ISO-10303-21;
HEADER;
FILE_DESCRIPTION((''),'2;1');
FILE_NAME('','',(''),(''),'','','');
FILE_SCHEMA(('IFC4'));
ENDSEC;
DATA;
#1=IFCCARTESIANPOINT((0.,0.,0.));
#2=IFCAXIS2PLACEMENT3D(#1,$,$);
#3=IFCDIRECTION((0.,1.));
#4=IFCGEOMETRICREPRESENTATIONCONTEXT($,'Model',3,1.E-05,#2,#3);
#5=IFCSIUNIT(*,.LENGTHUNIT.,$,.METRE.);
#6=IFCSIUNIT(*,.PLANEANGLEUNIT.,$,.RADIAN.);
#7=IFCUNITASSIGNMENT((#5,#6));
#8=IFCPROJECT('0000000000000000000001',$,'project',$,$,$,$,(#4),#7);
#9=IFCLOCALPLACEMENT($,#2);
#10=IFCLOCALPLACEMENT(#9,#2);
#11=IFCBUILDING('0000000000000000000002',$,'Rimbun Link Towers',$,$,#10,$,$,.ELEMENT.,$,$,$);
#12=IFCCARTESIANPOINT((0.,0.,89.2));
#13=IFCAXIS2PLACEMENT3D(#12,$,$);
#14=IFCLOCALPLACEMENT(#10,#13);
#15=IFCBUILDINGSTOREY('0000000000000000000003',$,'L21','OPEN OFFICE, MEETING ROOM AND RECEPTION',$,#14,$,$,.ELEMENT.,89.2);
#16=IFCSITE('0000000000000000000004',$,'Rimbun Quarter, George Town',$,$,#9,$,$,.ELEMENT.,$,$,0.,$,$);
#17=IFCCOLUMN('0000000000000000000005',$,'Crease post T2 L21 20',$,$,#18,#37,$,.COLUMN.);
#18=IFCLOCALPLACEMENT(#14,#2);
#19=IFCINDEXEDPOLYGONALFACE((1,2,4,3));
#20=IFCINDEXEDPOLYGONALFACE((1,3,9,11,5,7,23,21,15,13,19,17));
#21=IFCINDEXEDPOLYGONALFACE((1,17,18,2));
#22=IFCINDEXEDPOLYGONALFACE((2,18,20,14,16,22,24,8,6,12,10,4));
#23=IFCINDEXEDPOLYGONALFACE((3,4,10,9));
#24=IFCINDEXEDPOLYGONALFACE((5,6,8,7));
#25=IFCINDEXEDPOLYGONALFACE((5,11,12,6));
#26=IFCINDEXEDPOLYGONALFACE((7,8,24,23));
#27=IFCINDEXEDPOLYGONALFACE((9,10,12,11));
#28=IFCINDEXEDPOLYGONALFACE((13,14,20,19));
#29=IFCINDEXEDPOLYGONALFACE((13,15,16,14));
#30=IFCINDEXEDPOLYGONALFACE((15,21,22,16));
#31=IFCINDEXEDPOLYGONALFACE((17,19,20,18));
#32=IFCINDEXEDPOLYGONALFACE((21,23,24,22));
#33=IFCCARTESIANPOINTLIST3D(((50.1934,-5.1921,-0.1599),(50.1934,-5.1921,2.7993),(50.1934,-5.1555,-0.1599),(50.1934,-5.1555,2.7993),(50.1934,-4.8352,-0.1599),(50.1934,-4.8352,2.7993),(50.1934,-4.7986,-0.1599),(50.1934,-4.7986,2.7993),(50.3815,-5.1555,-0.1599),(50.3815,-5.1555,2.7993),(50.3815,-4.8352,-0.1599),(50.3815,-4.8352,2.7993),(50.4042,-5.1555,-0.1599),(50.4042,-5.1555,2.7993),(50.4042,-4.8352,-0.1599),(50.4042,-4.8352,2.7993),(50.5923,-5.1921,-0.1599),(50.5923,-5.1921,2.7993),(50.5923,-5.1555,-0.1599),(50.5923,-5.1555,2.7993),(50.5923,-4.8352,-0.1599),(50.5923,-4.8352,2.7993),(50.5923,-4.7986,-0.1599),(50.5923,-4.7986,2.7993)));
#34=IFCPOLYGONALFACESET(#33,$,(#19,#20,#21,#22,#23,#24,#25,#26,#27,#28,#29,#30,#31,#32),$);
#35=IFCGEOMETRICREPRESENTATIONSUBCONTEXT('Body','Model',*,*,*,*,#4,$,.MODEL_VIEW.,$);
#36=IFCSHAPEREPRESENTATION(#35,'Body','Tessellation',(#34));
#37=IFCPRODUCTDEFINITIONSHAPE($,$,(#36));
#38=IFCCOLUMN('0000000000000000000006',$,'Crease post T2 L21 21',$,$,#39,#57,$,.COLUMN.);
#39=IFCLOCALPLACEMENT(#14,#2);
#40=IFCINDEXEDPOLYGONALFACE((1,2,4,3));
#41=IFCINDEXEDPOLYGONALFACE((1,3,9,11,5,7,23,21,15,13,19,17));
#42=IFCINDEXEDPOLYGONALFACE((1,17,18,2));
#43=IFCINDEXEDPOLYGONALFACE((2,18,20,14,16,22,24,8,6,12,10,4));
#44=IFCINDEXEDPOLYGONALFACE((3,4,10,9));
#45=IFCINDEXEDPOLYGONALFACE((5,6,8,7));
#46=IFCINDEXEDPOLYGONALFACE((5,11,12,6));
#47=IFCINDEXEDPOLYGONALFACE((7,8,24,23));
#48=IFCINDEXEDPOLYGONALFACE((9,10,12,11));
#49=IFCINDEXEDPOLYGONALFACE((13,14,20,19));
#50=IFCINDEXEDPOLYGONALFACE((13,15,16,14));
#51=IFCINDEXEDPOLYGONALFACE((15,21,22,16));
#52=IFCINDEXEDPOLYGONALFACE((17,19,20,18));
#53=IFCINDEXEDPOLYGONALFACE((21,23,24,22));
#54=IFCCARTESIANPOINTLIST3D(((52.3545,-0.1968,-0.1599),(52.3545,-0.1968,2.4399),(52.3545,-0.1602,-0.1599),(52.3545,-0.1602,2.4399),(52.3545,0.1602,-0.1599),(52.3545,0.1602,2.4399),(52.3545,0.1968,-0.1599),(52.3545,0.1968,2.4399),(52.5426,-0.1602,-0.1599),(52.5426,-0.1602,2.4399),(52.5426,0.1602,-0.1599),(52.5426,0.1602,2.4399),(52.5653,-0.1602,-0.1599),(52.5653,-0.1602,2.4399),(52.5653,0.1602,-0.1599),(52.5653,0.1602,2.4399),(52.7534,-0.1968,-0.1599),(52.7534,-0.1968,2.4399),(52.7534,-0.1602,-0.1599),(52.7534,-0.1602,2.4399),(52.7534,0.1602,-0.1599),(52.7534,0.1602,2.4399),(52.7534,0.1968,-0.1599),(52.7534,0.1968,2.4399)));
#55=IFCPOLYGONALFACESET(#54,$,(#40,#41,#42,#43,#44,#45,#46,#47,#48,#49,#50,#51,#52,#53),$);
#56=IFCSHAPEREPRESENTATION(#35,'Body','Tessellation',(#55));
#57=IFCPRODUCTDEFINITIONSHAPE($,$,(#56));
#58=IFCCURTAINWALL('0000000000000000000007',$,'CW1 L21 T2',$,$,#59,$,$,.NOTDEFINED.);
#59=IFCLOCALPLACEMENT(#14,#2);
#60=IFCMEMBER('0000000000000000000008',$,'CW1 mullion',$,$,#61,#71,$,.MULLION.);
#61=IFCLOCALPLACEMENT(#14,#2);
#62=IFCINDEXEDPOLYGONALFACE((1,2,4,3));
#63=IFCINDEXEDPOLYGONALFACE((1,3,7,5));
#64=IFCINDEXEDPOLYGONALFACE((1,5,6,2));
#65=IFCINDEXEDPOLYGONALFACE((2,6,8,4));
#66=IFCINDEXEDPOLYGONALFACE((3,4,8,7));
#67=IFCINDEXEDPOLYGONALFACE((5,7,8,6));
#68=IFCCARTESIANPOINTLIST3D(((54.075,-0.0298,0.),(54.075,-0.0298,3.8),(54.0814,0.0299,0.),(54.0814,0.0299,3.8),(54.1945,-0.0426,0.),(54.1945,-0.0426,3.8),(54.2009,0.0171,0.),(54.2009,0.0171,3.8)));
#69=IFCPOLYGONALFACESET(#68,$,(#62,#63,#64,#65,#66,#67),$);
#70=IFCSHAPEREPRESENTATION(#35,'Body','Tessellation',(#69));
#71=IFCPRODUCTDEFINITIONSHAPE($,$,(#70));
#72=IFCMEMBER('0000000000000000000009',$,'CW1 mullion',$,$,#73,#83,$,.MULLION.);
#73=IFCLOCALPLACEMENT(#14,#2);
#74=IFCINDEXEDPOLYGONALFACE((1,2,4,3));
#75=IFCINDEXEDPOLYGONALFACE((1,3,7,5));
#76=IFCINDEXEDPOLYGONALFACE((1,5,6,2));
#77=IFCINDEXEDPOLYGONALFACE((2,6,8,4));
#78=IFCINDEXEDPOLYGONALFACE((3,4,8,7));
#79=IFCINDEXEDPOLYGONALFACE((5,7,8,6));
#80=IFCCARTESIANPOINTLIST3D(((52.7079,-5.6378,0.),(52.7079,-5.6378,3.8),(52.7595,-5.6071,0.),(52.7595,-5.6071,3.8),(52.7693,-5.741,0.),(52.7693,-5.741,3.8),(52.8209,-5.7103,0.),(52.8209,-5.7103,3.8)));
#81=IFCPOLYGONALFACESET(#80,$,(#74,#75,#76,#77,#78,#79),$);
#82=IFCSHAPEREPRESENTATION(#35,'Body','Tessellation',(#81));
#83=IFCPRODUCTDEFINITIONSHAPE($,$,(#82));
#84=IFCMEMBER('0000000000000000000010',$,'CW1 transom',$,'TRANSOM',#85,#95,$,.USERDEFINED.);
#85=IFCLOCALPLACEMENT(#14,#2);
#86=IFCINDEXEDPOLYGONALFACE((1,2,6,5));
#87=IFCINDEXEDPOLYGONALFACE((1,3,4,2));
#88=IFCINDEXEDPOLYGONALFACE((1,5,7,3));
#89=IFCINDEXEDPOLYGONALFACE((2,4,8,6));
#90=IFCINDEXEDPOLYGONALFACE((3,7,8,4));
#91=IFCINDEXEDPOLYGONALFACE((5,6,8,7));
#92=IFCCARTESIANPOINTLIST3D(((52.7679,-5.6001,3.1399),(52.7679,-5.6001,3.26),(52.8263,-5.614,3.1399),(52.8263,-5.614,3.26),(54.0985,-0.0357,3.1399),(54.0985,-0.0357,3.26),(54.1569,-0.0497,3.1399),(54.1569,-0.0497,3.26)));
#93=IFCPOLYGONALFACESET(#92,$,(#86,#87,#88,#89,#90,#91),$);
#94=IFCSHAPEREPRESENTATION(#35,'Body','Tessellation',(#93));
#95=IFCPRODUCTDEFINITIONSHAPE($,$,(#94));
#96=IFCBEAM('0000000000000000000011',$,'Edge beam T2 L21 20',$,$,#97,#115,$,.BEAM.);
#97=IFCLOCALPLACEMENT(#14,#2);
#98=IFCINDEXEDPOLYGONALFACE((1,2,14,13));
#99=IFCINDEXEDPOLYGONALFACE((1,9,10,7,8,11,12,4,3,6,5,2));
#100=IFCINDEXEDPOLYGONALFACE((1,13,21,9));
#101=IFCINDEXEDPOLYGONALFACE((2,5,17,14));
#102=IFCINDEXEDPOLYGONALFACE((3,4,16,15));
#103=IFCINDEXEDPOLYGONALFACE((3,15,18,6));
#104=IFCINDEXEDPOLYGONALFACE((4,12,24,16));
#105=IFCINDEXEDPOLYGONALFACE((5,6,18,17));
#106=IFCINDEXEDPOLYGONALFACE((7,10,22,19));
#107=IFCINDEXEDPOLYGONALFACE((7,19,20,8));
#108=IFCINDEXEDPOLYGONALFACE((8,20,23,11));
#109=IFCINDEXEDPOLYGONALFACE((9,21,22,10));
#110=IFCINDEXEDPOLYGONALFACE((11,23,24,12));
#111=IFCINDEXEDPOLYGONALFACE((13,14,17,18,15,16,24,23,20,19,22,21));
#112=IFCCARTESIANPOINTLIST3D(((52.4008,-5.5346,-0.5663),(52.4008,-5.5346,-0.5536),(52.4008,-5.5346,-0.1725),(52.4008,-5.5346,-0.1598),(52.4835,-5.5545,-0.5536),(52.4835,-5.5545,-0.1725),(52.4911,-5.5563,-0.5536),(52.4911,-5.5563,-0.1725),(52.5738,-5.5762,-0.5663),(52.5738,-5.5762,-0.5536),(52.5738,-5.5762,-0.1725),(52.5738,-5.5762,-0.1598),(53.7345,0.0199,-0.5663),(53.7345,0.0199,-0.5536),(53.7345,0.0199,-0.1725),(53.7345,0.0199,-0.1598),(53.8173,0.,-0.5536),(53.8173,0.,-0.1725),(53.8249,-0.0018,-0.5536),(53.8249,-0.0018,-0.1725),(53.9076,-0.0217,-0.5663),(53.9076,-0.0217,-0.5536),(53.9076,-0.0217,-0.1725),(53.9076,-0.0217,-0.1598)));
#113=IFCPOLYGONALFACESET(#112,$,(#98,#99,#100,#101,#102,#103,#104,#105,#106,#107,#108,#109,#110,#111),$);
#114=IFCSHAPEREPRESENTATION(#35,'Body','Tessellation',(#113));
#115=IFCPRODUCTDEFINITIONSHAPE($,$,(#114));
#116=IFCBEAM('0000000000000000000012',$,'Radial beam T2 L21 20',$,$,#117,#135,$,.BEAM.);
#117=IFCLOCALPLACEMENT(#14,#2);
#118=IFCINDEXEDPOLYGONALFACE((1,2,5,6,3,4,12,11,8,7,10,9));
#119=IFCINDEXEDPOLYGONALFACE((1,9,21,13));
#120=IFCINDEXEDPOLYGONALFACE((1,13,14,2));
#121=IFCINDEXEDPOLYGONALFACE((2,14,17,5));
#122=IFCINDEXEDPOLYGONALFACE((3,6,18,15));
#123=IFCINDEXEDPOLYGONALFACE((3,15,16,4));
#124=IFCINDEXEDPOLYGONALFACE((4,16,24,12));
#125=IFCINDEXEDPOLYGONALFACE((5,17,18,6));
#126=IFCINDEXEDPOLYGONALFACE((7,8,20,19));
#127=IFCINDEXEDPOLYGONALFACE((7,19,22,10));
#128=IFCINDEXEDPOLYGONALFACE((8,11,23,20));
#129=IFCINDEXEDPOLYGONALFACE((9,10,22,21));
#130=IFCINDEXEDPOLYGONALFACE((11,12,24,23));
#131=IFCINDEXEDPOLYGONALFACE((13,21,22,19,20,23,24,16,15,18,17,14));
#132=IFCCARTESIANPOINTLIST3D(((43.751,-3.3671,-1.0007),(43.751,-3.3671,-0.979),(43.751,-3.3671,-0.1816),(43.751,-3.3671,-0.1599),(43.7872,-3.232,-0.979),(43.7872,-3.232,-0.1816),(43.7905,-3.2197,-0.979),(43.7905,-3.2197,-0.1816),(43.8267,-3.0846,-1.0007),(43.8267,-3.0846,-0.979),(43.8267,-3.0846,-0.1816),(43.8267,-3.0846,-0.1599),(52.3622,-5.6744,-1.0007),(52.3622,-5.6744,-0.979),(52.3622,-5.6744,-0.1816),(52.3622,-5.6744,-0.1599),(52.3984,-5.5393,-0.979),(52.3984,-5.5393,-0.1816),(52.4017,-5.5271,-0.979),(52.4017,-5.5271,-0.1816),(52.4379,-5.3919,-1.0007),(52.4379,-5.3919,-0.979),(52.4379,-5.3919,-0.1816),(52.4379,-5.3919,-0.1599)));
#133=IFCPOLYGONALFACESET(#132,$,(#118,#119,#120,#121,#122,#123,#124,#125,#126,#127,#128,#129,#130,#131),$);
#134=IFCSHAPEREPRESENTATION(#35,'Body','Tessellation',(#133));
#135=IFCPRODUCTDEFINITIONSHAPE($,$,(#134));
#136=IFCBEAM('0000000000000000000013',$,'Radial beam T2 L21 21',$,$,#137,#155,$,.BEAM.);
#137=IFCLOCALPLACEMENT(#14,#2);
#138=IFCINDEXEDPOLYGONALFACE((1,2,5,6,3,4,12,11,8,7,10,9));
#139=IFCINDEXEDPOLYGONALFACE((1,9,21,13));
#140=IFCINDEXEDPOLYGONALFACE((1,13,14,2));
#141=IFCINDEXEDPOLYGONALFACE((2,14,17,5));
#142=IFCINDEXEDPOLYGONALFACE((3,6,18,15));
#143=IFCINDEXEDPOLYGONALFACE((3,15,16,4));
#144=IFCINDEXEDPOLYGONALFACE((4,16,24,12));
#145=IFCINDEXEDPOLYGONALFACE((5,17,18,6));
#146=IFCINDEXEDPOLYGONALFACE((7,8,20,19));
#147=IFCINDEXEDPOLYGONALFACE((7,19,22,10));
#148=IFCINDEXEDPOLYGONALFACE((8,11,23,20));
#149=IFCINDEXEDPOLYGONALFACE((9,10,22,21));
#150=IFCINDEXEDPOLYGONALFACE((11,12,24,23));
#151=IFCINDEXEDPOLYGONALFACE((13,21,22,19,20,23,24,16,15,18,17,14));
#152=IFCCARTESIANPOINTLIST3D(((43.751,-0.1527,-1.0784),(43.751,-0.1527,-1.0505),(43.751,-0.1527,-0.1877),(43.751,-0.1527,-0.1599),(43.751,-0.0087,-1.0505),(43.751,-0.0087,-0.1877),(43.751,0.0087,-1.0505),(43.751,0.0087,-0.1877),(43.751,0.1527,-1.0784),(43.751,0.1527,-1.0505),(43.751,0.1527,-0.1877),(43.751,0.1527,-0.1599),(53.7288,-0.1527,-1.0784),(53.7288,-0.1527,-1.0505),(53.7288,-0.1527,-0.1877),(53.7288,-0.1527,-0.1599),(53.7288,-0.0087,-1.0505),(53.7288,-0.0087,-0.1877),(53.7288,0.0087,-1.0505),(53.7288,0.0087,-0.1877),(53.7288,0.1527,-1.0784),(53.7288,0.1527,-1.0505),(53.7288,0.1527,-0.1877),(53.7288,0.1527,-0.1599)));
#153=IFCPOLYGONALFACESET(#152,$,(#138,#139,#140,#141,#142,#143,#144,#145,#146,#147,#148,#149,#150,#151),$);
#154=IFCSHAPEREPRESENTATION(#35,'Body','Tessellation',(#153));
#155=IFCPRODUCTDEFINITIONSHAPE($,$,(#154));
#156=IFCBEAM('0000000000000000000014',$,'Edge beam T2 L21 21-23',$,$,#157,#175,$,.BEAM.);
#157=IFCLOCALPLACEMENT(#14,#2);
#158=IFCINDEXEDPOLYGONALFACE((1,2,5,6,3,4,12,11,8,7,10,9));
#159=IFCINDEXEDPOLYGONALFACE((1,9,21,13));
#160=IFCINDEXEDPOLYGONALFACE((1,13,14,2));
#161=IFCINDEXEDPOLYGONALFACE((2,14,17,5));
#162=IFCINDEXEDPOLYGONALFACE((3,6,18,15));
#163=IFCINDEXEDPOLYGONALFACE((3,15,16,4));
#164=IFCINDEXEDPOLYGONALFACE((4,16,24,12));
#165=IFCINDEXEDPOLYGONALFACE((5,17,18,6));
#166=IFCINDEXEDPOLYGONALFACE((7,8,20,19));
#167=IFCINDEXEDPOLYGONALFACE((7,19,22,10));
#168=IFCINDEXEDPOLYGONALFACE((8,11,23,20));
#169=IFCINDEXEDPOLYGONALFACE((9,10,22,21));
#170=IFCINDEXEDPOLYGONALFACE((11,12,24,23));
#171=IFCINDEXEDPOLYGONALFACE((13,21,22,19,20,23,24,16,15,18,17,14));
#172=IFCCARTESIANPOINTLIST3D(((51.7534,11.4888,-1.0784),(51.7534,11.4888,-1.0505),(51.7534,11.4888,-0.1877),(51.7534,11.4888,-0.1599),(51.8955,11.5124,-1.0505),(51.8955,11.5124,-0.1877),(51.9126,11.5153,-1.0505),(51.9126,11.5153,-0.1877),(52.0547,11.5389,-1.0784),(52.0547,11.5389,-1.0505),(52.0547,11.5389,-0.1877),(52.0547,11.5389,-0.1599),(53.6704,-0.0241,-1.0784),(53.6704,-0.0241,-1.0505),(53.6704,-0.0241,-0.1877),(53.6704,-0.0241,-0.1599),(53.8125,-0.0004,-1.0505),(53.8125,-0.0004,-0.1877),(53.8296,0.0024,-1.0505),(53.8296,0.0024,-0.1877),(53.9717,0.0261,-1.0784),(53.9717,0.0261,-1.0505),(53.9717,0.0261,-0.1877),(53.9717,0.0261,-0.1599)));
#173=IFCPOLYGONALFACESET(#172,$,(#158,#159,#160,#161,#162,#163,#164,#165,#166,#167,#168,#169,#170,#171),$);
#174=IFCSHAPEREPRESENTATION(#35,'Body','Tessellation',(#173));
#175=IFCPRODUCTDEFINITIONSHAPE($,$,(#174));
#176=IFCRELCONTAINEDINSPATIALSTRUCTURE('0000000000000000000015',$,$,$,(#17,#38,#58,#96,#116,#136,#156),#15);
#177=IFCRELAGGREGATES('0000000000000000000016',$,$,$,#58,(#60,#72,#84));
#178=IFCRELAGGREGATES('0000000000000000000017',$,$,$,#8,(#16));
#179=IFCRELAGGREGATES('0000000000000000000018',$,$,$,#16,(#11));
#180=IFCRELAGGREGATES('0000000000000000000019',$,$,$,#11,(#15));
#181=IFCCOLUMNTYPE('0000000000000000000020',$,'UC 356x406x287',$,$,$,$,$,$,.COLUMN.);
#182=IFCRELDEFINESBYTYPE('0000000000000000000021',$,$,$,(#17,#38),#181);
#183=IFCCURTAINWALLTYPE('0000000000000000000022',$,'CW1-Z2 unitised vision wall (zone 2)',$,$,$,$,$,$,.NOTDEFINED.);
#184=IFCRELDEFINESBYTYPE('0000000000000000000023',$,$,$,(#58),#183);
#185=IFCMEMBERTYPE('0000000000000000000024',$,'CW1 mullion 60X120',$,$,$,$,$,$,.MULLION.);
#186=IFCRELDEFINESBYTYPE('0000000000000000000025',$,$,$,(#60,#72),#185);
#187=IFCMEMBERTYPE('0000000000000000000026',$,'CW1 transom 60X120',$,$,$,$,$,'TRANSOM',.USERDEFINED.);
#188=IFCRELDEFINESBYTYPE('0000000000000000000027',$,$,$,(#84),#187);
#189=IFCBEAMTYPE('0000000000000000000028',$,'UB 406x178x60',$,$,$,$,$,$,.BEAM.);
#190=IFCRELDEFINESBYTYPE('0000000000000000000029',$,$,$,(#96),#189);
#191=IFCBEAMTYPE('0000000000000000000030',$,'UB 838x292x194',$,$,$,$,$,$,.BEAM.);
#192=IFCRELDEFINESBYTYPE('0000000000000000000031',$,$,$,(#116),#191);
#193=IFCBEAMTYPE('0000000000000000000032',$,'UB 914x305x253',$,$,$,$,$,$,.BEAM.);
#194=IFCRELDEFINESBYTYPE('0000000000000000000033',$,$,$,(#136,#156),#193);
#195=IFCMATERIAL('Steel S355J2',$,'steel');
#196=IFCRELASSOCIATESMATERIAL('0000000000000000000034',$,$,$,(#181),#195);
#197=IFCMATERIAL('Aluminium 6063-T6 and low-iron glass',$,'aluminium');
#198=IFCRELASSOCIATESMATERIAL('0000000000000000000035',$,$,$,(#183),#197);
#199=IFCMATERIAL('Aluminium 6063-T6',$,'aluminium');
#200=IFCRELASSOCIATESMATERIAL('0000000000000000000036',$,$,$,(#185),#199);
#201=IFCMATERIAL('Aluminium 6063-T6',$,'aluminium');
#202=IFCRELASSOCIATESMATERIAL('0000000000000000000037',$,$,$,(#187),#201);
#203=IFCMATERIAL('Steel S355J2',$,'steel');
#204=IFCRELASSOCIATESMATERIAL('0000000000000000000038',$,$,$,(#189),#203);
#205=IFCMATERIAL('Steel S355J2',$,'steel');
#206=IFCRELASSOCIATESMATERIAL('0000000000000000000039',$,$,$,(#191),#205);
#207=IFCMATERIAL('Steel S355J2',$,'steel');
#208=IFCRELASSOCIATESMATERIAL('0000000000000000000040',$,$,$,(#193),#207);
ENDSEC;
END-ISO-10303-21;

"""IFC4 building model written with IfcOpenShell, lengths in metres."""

from ifc_helpers import new_model, si_unit, direction, frame, origin, origin_2d, place, context, subcontext, project, spatial, rectangle, i_section, extrude, material, material_profile, profile_set, type_object, element, aggregate, save


model = new_model("IFC4")

# Units and contexts
model_context = context("Model", 3, precision=1e-05, world=origin(), true_north=direction((0.0, 1.0)))
body_context = subcontext(model_context, "Body", "Model", "MODEL_VIEW")
ifc_project = project(units=[si_unit("LENGTHUNIT", "METRE"), si_unit("PLANEANGLEUNIT", "RADIAN")], contexts=[model_context])

# Site, building, storey
site_placement = place(None, origin())
site = spatial("IfcSite", under=ifc_project, at=site_placement, Name="Rimbun Quarter, George Town", CompositionType="ELEMENT", RefElevation=0.0)
building_placement = place(site_placement, origin())
building = spatial("IfcBuilding", under=site, at=building_placement, Name="Rimbun Link Towers", CompositionType="ELEMENT")
storey_placement = place(building_placement, frame((0.0, 0.0, 89.2)))
storey = spatial("IfcBuildingStorey", under=building, at=storey_placement, Name="L21", Description="OPEN OFFICE, MEETING ROOM AND RECEPTION", CompositionType="ELEMENT", Elevation=89.2)

# Columns
ifc_material_1 = material(Name="Steel S355J2", Category="steel")
ifc_material_profile_1 = material_profile(ifc_material_1, i_section(OverallWidth=0.3989, OverallDepth=0.3936, WebThickness=0.0227, FlangeThickness=0.0366, at=origin_2d()), Name="UC 356x406x287")
ifc_profile_set_1 = profile_set([ifc_material_profile_1], Name="Steel S355J2")
column_type = type_object("IfcColumnType", Name="UC 356x406x287", PredefinedType="COLUMN", material=ifc_profile_set_1)
column_1_placement = place(storey_placement, frame((50.3928, -4.9954, -0.1599), z_axis=(0.0, 0.0, 1.0), x_axis=(1.0, 0.0, 0.0)))
element("IfcColumn", 1, at=column_1_placement, inside=storey, type_object=column_type, Name="Crease post T2 L21 20", PredefinedType="COLUMN", context=body_context, shape_type="SweptSolid", body=[
    extrude(i_section(OverallWidth=0.3989, OverallDepth=0.3936, WebThickness=0.0227, FlangeThickness=0.0366, at=origin_2d()), origin(), (0.0, 0.0, 1.0), 2.9592),
])
column_2_placement = place(storey_placement, frame((52.554, 0.0, -0.1599), z_axis=(0.0, 0.0, 1.0), x_axis=(1.0, 0.0, 0.0)))
element("IfcColumn", 2, at=column_2_placement, inside=storey, type_object=column_type, Name="Crease post T2 L21 21", PredefinedType="COLUMN", context=body_context, shape_type="SweptSolid", body=[
    extrude(i_section(OverallWidth=0.3989, OverallDepth=0.3936, WebThickness=0.0227, FlangeThickness=0.0366, at=origin_2d()), origin(), (0.0, 0.0, 1.0), 2.5999),
])

# Curtain wall, members
ifc_material_2 = material(Name="Aluminium 6063-T6 and low-iron glass", Category="aluminium")
curtain_wall_type = type_object("IfcCurtainWallType", Name="CW1-Z2 unitised vision wall (zone 2)", PredefinedType="NOTDEFINED", material=ifc_material_2)
curtain_wall_placement = place(storey_placement, origin())
curtain_wall = element("IfcCurtainWall", 3, at=curtain_wall_placement, inside=storey, type_object=curtain_wall_type, Name="CW1 L21 T2", PredefinedType="NOTDEFINED")
ifc_material_3 = material(Name="Aluminium 6063-T6", Category="aluminium")
ifc_material_profile_2 = material_profile(ifc_material_3, rectangle(XDim=0.1201, YDim=0.0601, at=origin_2d()), Name="MULLION 60X120")
ifc_profile_set_2 = profile_set([ifc_material_profile_2], Name="Aluminium 6063-T6")
member_type_1 = type_object("IfcMemberType", Name="CW1 mullion 60X120", PredefinedType="MULLION", material=ifc_profile_set_2)
member_1_placement = place(storey_placement, frame((54.1379, -0.0063, 0.0), z_axis=(0.0, 0.0, 1.0), x_axis=(0.994298, -0.106635, 0.0)))
member_1 = element("IfcMember", 4, at=member_1_placement, type_object=member_type_1, Name="CW1 mullion", PredefinedType="MULLION", context=body_context, shape_type="SweptSolid", body=[
    extrude(rectangle(XDim=0.1201, YDim=0.0601, at=origin_2d()), origin(), (0.0, 0.0, 1.0), 3.8),
])
member_2_placement = place(storey_placement, frame((52.7644, -5.6741, 0.0), z_axis=(0.0, 0.0, 1.0), x_axis=(0.51167, -0.859182, 0.0)))
member_2 = element("IfcMember", 5, at=member_2_placement, type_object=member_type_1, Name="CW1 mullion", PredefinedType="MULLION", context=body_context, shape_type="SweptSolid", body=[
    extrude(rectangle(XDim=0.1201, YDim=0.0601, at=origin_2d()), origin(), (0.0, 0.0, 1.0), 3.8),
])
ifc_material_4 = material(Name="Aluminium 6063-T6", Category="aluminium")
ifc_material_profile_3 = material_profile(ifc_material_4, rectangle(XDim=0.0601, YDim=0.1201, at=origin_2d()), Name="TRANSOM 60X120")
ifc_profile_set_3 = profile_set([ifc_material_profile_3], Name="Aluminium 6063-T6")
member_type_2 = type_object("IfcMemberType", Name="CW1 transom 60X120", ElementType="TRANSOM", PredefinedType="USERDEFINED", material=ifc_profile_set_3)
member_3_placement = place(storey_placement, frame((54.1277, -0.0427, 3.2), z_axis=(-0.232572, -0.972579, 0.0), x_axis=(0.972579, -0.232572, 0.0)))
member_3 = element("IfcMember", 6, at=member_3_placement, type_object=member_type_2, Name="CW1 transom", ObjectType="TRANSOM", PredefinedType="USERDEFINED", context=body_context, shape_type="SweptSolid", body=[
    extrude(rectangle(XDim=0.0601, YDim=0.1201, at=origin_2d()), origin(), (0.0, 0.0, 1.0), 5.7212),
])

# Beams
ifc_material_5 = material(Name="Steel S355J2", Category="steel")
ifc_material_profile_4 = material_profile(ifc_material_5, i_section(OverallWidth=0.178, OverallDepth=0.4065, WebThickness=0.0078, FlangeThickness=0.0127, at=origin_2d()), Name="UB 406x178x60")
ifc_profile_set_4 = profile_set([ifc_material_profile_4], Name="Steel S355J2")
beam_type_1 = type_object("IfcBeamType", Name="UB 406x178x60", PredefinedType="BEAM", material=ifc_profile_set_4)
beam_1_placement = place(storey_placement, frame((52.4873, -5.5554, -0.363), z_axis=(0.233484, 0.972361, 0.0), x_axis=(-0.972361, 0.233484, 0.0)))
element("IfcBeam", 7, at=beam_1_placement, inside=storey, type_object=beam_type_1, Name="Edge beam T2 L21 20", PredefinedType="BEAM", context=body_context, shape_type="SweptSolid", body=[
    extrude(i_section(OverallWidth=0.178, OverallDepth=0.4065, WebThickness=0.0078, FlangeThickness=0.0127, at=origin_2d()), origin(), (0.0, 0.0, 1.0), 5.7124),
])
ifc_material_6 = material(Name="Steel S355J2", Category="steel")
ifc_material_profile_5 = material_profile(ifc_material_6, i_section(OverallWidth=0.2925, OverallDepth=0.8408, WebThickness=0.0127, FlangeThickness=0.0217, at=origin_2d()), Name="UB 838x292x194")
ifc_profile_set_5 = profile_set([ifc_material_profile_5], Name="Steel S355J2")
beam_type_2 = type_object("IfcBeamType", Name="UB 838x292x194", PredefinedType="BEAM", material=ifc_profile_set_5)
beam_2_placement = place(storey_placement, frame((43.7888, -3.2258, -0.5803), z_axis=(0.965927, -0.258816, 0.0), x_axis=(0.258816, 0.965927, 0.0)))
element("IfcBeam", 8, at=beam_2_placement, inside=storey, type_object=beam_type_2, Name="Radial beam T2 L21 20", PredefinedType="BEAM", context=body_context, shape_type="SweptSolid", body=[
    extrude(i_section(OverallWidth=0.2925, OverallDepth=0.8408, WebThickness=0.0127, FlangeThickness=0.0217, at=origin_2d()), origin(), (0.0, 0.0, 1.0), 8.915),
])
ifc_material_7 = material(Name="Steel S355J2", Category="steel")
ifc_material_profile_6 = material_profile(ifc_material_7, i_section(OverallWidth=0.3054, OverallDepth=0.9185, WebThickness=0.0173, FlangeThickness=0.0278, at=origin_2d()), Name="UB 914x305x253")
ifc_profile_set_6 = profile_set([ifc_material_profile_6], Name="Steel S355J2")
beam_type_3 = type_object("IfcBeamType", Name="UB 914x305x253", PredefinedType="BEAM", material=ifc_profile_set_6)
beam_3_placement = place(storey_placement, frame((43.751, 0.0, -0.6191), z_axis=(1.0, 0.0, 0.0), x_axis=(0.0, 1.0, 0.0)))
element("IfcBeam", 9, at=beam_3_placement, inside=storey, type_object=beam_type_3, Name="Radial beam T2 L21 21", PredefinedType="BEAM", context=body_context, shape_type="SweptSolid", body=[
    extrude(i_section(OverallWidth=0.3054, OverallDepth=0.9185, WebThickness=0.0173, FlangeThickness=0.0278, at=origin_2d()), origin(), (0.0, 0.0, 1.0), 9.9778),
])
beam_4_placement = place(storey_placement, frame((53.821, 0.001, -0.6191), z_axis=(-0.164246, 0.986419, 0.0), x_axis=(-0.986419, -0.164246, 0.0)))
element("IfcBeam", 10, at=beam_4_placement, inside=storey, type_object=beam_type_3, Name="Edge beam T2 L21 21-23", PredefinedType="BEAM", context=body_context, shape_type="SweptSolid", body=[
    extrude(i_section(OverallWidth=0.3054, OverallDepth=0.9185, WebThickness=0.0173, FlangeThickness=0.0278, at=origin_2d()), origin(), (0.0, 0.0, 1.0), 11.6714),
])

aggregate(curtain_wall, [member_1, member_2, member_3])

save(model, "model.ifc")
